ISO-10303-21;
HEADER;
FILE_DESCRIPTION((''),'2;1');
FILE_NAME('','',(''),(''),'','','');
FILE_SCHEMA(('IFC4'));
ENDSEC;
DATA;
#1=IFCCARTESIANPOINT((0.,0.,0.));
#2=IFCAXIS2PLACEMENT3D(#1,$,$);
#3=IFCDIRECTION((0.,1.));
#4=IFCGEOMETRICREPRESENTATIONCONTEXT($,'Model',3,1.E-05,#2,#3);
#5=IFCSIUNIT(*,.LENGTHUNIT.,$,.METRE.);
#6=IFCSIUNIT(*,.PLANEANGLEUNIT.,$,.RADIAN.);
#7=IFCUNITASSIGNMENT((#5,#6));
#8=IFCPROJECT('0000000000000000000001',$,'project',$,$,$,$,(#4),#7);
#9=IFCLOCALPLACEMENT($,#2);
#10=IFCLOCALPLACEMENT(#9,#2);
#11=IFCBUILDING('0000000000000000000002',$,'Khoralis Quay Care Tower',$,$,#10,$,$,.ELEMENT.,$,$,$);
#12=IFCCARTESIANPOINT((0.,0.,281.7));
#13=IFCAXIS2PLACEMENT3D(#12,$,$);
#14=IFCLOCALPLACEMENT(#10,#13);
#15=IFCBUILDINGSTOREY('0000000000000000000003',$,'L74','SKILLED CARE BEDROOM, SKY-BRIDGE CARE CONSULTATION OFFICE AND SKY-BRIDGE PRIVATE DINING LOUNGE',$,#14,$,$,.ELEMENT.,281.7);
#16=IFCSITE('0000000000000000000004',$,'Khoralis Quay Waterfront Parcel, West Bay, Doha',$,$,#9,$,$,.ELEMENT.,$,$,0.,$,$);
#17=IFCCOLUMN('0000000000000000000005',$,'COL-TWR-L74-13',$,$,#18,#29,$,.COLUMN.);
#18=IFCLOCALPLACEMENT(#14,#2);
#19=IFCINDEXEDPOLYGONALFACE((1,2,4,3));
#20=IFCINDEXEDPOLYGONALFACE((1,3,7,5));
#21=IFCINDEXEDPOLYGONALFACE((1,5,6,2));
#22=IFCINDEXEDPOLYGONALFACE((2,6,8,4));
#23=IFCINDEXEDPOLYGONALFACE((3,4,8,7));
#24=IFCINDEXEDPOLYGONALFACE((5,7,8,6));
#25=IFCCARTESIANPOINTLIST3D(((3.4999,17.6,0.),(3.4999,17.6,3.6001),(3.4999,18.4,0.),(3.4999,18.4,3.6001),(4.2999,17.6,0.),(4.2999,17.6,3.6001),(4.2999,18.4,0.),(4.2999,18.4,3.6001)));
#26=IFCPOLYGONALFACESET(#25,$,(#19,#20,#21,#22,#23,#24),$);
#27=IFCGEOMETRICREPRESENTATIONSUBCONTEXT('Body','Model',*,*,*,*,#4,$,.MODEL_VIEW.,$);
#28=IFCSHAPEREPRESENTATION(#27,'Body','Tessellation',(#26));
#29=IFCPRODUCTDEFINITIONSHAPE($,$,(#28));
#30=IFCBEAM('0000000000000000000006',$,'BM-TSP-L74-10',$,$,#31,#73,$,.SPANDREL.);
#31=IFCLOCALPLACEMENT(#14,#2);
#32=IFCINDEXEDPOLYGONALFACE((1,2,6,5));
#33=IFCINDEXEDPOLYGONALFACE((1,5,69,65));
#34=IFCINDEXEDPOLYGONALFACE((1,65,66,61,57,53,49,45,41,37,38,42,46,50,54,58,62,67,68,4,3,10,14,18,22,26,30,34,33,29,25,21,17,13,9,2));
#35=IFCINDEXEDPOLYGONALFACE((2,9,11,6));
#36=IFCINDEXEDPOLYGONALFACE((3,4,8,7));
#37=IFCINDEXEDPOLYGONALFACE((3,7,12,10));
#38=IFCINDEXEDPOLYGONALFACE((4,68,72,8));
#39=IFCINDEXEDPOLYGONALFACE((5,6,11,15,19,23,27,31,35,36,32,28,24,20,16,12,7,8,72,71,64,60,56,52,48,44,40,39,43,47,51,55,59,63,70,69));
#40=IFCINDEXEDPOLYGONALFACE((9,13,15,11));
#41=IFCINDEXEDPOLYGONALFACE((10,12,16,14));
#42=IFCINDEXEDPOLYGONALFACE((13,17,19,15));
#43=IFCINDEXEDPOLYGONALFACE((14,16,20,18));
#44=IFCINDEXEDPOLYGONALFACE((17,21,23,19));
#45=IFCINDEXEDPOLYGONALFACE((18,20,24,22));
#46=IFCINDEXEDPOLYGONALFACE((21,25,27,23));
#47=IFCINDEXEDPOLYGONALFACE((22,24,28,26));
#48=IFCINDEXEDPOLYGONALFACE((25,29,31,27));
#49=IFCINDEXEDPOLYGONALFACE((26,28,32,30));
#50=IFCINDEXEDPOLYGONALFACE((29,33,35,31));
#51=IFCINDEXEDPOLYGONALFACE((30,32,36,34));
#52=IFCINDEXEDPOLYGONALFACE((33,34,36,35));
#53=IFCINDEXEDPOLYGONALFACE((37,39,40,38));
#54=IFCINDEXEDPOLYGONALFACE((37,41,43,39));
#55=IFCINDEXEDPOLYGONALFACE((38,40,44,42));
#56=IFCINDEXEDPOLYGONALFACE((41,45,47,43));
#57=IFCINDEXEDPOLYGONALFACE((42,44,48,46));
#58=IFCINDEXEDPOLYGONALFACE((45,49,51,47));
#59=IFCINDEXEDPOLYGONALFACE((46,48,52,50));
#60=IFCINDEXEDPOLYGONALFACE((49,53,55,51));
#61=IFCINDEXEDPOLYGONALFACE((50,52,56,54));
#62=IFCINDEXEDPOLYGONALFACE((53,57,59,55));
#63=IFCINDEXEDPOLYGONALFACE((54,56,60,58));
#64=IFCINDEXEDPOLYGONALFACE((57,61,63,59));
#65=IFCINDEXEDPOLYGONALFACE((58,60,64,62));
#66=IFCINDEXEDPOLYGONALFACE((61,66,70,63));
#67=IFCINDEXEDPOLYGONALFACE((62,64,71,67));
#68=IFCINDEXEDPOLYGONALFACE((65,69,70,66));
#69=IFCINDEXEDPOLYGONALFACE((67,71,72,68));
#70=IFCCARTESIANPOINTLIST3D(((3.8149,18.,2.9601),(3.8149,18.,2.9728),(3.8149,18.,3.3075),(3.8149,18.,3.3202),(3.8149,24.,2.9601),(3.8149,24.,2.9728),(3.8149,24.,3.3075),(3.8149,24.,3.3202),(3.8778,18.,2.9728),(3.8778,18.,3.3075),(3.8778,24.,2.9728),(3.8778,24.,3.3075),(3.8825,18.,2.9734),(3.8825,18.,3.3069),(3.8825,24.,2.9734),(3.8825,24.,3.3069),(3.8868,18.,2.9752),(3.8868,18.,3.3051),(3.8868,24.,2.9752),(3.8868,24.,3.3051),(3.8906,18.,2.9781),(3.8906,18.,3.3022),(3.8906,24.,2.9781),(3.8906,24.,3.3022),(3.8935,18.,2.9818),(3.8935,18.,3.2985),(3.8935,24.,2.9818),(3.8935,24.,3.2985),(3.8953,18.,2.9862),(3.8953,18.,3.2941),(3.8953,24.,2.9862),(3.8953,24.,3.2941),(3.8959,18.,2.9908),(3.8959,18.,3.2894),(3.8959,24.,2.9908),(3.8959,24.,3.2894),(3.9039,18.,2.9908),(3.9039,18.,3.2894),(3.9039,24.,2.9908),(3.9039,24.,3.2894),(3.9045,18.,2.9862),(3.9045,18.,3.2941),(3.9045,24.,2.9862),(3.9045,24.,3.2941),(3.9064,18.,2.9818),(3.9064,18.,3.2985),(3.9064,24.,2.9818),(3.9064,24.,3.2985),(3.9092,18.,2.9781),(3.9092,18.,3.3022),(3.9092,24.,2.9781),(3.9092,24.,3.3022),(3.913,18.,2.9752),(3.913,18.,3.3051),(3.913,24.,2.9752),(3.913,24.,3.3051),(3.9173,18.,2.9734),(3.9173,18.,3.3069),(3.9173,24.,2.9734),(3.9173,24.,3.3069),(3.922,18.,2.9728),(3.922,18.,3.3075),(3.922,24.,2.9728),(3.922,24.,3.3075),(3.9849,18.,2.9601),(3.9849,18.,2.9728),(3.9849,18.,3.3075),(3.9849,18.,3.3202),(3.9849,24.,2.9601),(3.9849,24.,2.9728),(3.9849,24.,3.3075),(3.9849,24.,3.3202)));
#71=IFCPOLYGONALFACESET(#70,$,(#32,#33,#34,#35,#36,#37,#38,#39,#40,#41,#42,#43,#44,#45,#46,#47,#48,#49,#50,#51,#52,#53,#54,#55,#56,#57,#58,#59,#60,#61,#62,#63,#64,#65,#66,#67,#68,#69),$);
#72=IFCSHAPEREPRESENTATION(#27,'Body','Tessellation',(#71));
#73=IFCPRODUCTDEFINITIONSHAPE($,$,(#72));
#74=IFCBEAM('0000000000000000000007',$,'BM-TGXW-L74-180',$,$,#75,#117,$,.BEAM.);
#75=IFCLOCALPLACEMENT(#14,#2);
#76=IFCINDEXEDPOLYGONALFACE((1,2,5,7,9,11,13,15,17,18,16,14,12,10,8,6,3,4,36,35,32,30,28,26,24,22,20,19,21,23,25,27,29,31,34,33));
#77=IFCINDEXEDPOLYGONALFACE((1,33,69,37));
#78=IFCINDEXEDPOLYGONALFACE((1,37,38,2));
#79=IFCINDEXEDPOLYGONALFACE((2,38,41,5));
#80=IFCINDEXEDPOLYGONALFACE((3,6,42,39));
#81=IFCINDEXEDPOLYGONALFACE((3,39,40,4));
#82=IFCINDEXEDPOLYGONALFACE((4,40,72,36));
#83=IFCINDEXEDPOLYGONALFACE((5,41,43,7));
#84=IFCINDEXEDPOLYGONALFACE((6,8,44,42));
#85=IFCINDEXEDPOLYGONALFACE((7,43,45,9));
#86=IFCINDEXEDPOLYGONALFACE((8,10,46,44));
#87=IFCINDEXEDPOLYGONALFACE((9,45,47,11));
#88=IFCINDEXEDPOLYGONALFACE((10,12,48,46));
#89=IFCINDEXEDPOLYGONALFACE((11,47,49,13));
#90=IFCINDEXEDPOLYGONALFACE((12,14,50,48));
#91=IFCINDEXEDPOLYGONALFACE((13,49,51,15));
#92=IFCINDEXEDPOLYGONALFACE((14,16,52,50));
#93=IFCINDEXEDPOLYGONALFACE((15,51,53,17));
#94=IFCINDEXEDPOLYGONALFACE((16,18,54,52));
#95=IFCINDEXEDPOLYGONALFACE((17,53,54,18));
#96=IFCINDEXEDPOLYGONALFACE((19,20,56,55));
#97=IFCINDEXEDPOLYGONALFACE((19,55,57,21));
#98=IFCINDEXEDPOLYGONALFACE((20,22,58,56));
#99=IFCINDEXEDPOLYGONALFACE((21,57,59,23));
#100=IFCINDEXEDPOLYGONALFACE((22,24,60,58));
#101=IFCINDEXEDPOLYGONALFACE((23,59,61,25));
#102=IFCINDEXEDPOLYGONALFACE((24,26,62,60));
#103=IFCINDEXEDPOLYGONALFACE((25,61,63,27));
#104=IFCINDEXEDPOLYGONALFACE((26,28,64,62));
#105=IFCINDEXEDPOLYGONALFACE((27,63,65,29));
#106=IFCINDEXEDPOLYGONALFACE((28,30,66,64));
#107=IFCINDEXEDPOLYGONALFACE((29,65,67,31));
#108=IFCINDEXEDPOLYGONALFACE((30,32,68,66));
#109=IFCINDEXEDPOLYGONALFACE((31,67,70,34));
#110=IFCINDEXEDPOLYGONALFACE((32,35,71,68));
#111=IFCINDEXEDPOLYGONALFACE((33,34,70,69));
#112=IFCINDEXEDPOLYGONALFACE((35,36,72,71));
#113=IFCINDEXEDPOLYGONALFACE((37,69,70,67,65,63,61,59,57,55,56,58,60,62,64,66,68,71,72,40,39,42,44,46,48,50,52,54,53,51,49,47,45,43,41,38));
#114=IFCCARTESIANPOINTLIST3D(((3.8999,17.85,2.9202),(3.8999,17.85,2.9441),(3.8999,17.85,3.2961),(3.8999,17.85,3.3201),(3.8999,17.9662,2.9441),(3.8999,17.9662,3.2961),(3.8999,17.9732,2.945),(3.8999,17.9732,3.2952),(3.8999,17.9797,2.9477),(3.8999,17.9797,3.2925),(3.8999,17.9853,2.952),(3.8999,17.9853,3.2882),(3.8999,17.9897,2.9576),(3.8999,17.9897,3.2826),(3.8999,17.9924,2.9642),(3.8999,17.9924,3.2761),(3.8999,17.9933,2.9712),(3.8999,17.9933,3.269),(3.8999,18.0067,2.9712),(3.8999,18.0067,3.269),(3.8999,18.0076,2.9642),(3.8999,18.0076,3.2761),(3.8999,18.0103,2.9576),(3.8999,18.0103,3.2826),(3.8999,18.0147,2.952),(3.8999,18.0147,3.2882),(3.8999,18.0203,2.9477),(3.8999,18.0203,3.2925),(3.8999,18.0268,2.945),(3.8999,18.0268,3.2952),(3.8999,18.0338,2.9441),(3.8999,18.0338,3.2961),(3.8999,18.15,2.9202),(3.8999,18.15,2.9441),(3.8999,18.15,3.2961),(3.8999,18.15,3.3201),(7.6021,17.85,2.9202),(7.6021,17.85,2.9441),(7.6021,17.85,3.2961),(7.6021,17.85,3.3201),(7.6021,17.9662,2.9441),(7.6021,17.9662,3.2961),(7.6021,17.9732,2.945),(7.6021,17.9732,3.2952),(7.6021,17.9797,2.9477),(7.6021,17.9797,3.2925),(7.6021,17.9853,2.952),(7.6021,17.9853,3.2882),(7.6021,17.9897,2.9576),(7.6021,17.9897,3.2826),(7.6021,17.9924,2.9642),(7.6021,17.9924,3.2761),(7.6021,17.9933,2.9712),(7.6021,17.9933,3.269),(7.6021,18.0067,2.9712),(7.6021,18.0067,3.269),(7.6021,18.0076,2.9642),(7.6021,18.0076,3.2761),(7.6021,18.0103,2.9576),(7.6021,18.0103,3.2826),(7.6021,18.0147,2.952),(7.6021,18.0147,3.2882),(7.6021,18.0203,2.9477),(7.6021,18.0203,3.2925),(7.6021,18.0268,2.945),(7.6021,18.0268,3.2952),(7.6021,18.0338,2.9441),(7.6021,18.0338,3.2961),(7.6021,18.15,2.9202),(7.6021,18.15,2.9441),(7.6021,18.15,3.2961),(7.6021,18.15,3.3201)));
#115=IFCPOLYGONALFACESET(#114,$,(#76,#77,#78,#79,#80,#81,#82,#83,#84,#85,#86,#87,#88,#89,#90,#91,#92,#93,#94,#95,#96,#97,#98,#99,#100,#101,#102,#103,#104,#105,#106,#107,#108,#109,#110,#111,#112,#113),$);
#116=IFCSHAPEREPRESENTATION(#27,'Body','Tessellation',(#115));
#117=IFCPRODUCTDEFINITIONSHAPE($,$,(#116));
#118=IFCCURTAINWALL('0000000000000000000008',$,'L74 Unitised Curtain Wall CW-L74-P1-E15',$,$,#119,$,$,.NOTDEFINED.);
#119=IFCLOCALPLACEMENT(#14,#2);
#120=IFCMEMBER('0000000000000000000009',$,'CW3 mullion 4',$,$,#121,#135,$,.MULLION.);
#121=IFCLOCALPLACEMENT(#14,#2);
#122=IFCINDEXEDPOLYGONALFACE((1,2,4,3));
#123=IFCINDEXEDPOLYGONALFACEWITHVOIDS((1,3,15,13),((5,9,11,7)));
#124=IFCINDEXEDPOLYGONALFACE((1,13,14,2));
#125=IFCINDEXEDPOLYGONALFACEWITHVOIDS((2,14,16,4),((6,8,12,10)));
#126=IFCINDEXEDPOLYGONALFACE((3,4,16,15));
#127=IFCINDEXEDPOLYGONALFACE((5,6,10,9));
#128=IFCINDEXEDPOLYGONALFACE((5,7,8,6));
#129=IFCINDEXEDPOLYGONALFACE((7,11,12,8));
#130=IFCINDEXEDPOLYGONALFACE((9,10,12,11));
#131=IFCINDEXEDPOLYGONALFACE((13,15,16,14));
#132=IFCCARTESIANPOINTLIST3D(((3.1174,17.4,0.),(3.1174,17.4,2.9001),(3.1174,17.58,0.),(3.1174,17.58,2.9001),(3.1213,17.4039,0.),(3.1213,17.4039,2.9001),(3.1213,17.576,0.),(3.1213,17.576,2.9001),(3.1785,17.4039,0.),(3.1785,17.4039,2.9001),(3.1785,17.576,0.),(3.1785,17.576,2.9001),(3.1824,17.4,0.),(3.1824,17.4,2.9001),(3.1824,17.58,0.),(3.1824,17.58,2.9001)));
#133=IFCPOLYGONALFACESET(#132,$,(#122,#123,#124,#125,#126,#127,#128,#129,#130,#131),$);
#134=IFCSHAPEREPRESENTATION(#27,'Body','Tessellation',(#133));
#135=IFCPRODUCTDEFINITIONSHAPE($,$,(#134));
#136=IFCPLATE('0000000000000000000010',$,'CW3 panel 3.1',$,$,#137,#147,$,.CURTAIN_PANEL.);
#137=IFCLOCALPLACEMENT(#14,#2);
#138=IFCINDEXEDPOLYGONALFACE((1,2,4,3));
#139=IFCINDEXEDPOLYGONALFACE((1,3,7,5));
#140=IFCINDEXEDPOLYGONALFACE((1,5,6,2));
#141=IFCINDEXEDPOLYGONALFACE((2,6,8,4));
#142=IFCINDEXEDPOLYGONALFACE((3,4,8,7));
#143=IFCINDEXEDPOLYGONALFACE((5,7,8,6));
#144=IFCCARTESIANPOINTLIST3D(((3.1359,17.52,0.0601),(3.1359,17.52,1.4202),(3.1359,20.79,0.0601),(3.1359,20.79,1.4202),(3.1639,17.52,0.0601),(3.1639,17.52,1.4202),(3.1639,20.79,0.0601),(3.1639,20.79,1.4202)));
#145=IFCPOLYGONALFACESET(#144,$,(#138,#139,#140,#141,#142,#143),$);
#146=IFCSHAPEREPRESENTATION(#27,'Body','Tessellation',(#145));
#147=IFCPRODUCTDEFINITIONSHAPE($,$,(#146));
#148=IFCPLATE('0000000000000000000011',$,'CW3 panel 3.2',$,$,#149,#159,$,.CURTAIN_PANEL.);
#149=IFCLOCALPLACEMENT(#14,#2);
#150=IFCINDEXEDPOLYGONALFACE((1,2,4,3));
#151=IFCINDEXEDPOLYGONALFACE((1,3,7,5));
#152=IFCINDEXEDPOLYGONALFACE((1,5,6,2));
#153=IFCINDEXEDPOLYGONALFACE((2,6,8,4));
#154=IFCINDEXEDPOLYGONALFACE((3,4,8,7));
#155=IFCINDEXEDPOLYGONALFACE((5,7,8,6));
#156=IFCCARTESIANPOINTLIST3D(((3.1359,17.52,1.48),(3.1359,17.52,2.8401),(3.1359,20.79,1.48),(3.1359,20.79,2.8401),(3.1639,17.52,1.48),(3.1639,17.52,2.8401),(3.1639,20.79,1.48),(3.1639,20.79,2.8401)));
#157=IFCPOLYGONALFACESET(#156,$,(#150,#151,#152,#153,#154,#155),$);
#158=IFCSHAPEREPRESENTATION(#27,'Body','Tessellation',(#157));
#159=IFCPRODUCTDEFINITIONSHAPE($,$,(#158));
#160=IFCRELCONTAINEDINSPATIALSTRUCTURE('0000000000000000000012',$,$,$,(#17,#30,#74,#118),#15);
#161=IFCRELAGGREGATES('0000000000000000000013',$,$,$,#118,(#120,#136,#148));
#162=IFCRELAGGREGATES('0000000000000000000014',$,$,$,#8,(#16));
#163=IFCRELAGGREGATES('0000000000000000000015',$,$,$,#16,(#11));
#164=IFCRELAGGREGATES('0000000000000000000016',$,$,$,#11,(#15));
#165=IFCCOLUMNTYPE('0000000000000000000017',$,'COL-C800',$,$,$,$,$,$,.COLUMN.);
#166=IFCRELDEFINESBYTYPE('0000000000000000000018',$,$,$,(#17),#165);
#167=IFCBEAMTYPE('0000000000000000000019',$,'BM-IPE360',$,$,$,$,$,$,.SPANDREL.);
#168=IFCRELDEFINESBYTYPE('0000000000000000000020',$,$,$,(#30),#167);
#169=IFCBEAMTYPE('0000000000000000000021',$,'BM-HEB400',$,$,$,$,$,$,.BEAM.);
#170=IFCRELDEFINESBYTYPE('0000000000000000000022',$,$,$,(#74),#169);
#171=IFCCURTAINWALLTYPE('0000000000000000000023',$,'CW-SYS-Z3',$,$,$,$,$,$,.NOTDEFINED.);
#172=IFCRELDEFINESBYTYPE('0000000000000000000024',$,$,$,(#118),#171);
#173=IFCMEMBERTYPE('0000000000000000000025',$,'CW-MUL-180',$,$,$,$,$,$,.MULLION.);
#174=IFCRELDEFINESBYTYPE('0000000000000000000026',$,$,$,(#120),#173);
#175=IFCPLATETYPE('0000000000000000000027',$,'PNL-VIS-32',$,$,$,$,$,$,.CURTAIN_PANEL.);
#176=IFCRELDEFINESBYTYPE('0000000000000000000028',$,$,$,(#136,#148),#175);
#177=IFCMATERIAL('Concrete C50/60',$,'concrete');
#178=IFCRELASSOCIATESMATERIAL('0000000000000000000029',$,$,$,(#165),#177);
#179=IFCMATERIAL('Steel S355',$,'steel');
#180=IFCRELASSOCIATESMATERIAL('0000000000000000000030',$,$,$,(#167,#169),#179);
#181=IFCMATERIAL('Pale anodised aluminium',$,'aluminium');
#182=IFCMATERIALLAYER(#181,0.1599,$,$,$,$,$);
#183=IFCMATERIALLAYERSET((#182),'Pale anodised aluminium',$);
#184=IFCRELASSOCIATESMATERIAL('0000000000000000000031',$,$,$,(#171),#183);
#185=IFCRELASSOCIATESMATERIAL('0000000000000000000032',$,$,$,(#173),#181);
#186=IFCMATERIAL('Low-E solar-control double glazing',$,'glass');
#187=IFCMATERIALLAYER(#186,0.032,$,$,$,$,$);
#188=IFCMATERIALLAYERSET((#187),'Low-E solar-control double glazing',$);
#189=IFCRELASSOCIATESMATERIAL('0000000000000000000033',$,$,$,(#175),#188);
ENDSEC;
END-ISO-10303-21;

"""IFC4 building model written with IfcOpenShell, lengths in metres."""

from ifc_helpers import new_model, si_unit, direction, frame, origin, origin_2d, place, context, subcontext, project, spatial, rectangle, hollow_rectangle, i_section, extrude, source, transform, mapped, material, layer, layer_set, material_profile, profile_set, type_object, element, aggregate, save


model = new_model("IFC4")

# Units and contexts
model_context = context("Model", 3, precision=1e-05, world=origin(), true_north=direction((0.0, 1.0)))
body_context = subcontext(model_context, "Body", "Model", "MODEL_VIEW")
ifc_project = project(units=[si_unit("LENGTHUNIT", "METRE"), si_unit("PLANEANGLEUNIT", "RADIAN")], contexts=[model_context])

# Site, building, storey
site_placement = place(None, origin())
site = spatial("IfcSite", under=ifc_project, at=site_placement, Name="Khoralis Quay Waterfront Parcel, West Bay, Doha", CompositionType="ELEMENT", RefElevation=0.0)
building_placement = place(site_placement, origin())
building = spatial("IfcBuilding", under=site, at=building_placement, Name="Khoralis Quay Care Tower", CompositionType="ELEMENT")
storey_placement = place(building_placement, frame((0.0, 0.0, 281.7)))
storey = spatial("IfcBuildingStorey", under=building, at=storey_placement, Name="L74", Description="SKILLED CARE BEDROOM, SKY-BRIDGE CARE CONSULTATION OFFICE AND SKY-BRIDGE PRIVATE DINING LOUNGE", CompositionType="ELEMENT", Elevation=281.7)

# Column
ifc_material_1 = material(Name="Concrete C50/60", Category="concrete")
ifc_material_profile_1 = material_profile(ifc_material_1, rectangle(XDim=0.8, YDim=0.8, at=origin_2d()), Name="Concrete C50/60")
ifc_profile_set_1 = profile_set([ifc_material_profile_1], Name="Concrete C50/60")
column_type = type_object("IfcColumnType", Name="COL-C800", PredefinedType="COLUMN", material=ifc_profile_set_1)
shared_shape_1 = source(origin(), body_context, "Body", "SweptSolid", [
    extrude(rectangle(XDim=0.8, YDim=0.8, at=origin_2d()), origin(), (0.0, 0.0, 1.0), 3.6001),
])
column_placement = place(storey_placement, frame((3.8999, 18.0, 0.0), z_axis=(0.0, 0.0, 1.0), x_axis=(1.0, 0.0, 0.0)))
element("IfcColumn", 1, at=column_placement, inside=storey, type_object=column_type, Name="COL-TWR-L74-13", PredefinedType="COLUMN", context=body_context, shape_type="MappedRepresentation", body=[
    mapped(shared_shape_1, transform((0.0, 0.0, 0.0), scale=1.0)),
])

# Beams
ifc_material_2 = material(Name="Steel S355", Category="steel")
ifc_material_profile_2 = material_profile(ifc_material_2, i_section(OverallWidth=0.1699, OverallDepth=0.3601, WebThickness=0.0081, FlangeThickness=0.0127, FilletRadius=0.0181, at=origin_2d()), Name="Steel S355")
ifc_profile_set_2 = profile_set([ifc_material_profile_2], Name="Steel S355")
beam_type_1 = type_object("IfcBeamType", Name="BM-IPE360", PredefinedType="SPANDREL", material=ifc_profile_set_2)
shared_shape_2 = source(origin(), body_context, "Body", "SweptSolid", [
    extrude(i_section(OverallWidth=0.1699, OverallDepth=0.3601, WebThickness=0.0081, FlangeThickness=0.0127, FilletRadius=0.0181, at=origin_2d()), origin(), (0.0, 0.0, 1.0), 6.0),
])
beam_1_placement = place(storey_placement, frame((3.8999, 18.0, 3.1401), z_axis=(0.0, 1.0, 0.0), x_axis=(-1.0, 0.0, 0.0)))
element("IfcBeam", 2, at=beam_1_placement, inside=storey, type_object=beam_type_1, Name="BM-TSP-L74-10", PredefinedType="SPANDREL", context=body_context, shape_type="MappedRepresentation", body=[
    mapped(shared_shape_2, transform((0.0, 0.0, 0.0), scale=1.0)),
])
ifc_material_profile_3 = material_profile(ifc_material_2, i_section(OverallWidth=0.3, OverallDepth=0.3999, WebThickness=0.0134, FlangeThickness=0.0239, FilletRadius=0.0271, at=origin_2d()), Name="Steel S355")
ifc_profile_set_3 = profile_set([ifc_material_profile_3], Name="Steel S355")
beam_type_2 = type_object("IfcBeamType", Name="BM-HEB400", PredefinedType="BEAM", material=ifc_profile_set_3)
shared_shape_3 = source(origin(), body_context, "Body", "SweptSolid", [
    extrude(i_section(OverallWidth=0.3, OverallDepth=0.3999, WebThickness=0.0134, FlangeThickness=0.0239, FilletRadius=0.0271, at=origin_2d()), origin(), (0.0, 0.0, 1.0), 3.7021),
])
beam_2_placement = place(storey_placement, frame((3.8999, 18.0, 3.1201), z_axis=(1.0, 0.0, 0.0), x_axis=(0.0, 1.0, 0.0)))
element("IfcBeam", 3, at=beam_2_placement, inside=storey, type_object=beam_type_2, Name="BM-TGXW-L74-180", PredefinedType="BEAM", context=body_context, shape_type="MappedRepresentation", body=[
    mapped(shared_shape_3, transform((0.0, 0.0, 0.0), scale=1.0)),
])

# Curtain wall, member, plates
ifc_material_3 = material(Name="Pale anodised aluminium", Category="aluminium")
ifc_layer_1 = layer(ifc_material_3, 0.1599)
ifc_layer_set_1 = layer_set([ifc_layer_1], Name="Pale anodised aluminium")
curtain_wall_type = type_object("IfcCurtainWallType", Name="CW-SYS-Z3", PredefinedType="NOTDEFINED", material=ifc_layer_set_1)
curtain_wall_placement = place(storey_placement, origin())
curtain_wall = element("IfcCurtainWall", 4, at=curtain_wall_placement, inside=storey, type_object=curtain_wall_type, Name="L74 Unitised Curtain Wall CW-L74-P1-E15", PredefinedType="NOTDEFINED")
ifc_material_profile_4 = material_profile(ifc_material_3, hollow_rectangle(XDim=0.0649, YDim=0.1799, WallThickness=0.0039, at=origin_2d()), Name="Pale anodised aluminium")
ifc_profile_set_4 = profile_set([ifc_material_profile_4], Name="Pale anodised aluminium")
member_type = type_object("IfcMemberType", Name="CW-MUL-180", PredefinedType="MULLION", material=ifc_profile_set_4)
shared_shape_4 = source(origin(), body_context, "Body", "SweptSolid", [
    extrude(hollow_rectangle(XDim=0.0649, YDim=0.1799, WallThickness=0.0039, at=origin_2d()), origin(), (0.0, 0.0, 1.0), 2.9001),
])
member_placement = place(storey_placement, frame((3.1499, 17.49, 0.0), z_axis=(0.0, 0.0, 1.0), x_axis=(1.0, 0.0, 0.0)))
member = element("IfcMember", 5, at=member_placement, type_object=member_type, Name="CW3 mullion 4", PredefinedType="MULLION", context=body_context, shape_type="MappedRepresentation", body=[
    mapped(shared_shape_4, transform((0.0, 0.0, 0.0), scale=1.0)),
])
ifc_material_4 = material(Name="Low-E solar-control double glazing", Category="glass")
ifc_layer_2 = layer(ifc_material_4, 0.032)
ifc_layer_set_2 = layer_set([ifc_layer_2], Name="Low-E solar-control double glazing")
plate_type = type_object("IfcPlateType", Name="PNL-VIS-32", PredefinedType="CURTAIN_PANEL", material=ifc_layer_set_2)
shared_shape_5 = source(origin(), body_context, "Body", "SweptSolid", [
    extrude(rectangle(XDim=3.27, YDim=0.0281, at=origin_2d()), origin(), (0.0, 0.0, 1.0), 1.3601),
])
plate_1_placement = place(storey_placement, frame((3.1499, 19.155, 0.0601), z_axis=(0.0, 0.0, 1.0), x_axis=(0.0, -1.0, 0.0)))
plate_1 = element("IfcPlate", 6, at=plate_1_placement, type_object=plate_type, Name="CW3 panel 3.1", PredefinedType="CURTAIN_PANEL", context=body_context, shape_type="MappedRepresentation", body=[
    mapped(shared_shape_5, transform((0.0, 0.0, 0.0), scale=1.0)),
])
plate_2_placement = place(storey_placement, frame((3.1499, 19.155, 1.48), z_axis=(0.0, 0.0, 1.0), x_axis=(0.0, -1.0, 0.0)))
plate_2 = element("IfcPlate", 7, at=plate_2_placement, type_object=plate_type, Name="CW3 panel 3.2", PredefinedType="CURTAIN_PANEL", context=body_context, shape_type="MappedRepresentation", body=[
    mapped(shared_shape_5, transform((0.0, 0.0, 0.0), scale=1.0)),
])
aggregate(curtain_wall, [member, plate_1, plate_2])

save(model, "model.ifc")
